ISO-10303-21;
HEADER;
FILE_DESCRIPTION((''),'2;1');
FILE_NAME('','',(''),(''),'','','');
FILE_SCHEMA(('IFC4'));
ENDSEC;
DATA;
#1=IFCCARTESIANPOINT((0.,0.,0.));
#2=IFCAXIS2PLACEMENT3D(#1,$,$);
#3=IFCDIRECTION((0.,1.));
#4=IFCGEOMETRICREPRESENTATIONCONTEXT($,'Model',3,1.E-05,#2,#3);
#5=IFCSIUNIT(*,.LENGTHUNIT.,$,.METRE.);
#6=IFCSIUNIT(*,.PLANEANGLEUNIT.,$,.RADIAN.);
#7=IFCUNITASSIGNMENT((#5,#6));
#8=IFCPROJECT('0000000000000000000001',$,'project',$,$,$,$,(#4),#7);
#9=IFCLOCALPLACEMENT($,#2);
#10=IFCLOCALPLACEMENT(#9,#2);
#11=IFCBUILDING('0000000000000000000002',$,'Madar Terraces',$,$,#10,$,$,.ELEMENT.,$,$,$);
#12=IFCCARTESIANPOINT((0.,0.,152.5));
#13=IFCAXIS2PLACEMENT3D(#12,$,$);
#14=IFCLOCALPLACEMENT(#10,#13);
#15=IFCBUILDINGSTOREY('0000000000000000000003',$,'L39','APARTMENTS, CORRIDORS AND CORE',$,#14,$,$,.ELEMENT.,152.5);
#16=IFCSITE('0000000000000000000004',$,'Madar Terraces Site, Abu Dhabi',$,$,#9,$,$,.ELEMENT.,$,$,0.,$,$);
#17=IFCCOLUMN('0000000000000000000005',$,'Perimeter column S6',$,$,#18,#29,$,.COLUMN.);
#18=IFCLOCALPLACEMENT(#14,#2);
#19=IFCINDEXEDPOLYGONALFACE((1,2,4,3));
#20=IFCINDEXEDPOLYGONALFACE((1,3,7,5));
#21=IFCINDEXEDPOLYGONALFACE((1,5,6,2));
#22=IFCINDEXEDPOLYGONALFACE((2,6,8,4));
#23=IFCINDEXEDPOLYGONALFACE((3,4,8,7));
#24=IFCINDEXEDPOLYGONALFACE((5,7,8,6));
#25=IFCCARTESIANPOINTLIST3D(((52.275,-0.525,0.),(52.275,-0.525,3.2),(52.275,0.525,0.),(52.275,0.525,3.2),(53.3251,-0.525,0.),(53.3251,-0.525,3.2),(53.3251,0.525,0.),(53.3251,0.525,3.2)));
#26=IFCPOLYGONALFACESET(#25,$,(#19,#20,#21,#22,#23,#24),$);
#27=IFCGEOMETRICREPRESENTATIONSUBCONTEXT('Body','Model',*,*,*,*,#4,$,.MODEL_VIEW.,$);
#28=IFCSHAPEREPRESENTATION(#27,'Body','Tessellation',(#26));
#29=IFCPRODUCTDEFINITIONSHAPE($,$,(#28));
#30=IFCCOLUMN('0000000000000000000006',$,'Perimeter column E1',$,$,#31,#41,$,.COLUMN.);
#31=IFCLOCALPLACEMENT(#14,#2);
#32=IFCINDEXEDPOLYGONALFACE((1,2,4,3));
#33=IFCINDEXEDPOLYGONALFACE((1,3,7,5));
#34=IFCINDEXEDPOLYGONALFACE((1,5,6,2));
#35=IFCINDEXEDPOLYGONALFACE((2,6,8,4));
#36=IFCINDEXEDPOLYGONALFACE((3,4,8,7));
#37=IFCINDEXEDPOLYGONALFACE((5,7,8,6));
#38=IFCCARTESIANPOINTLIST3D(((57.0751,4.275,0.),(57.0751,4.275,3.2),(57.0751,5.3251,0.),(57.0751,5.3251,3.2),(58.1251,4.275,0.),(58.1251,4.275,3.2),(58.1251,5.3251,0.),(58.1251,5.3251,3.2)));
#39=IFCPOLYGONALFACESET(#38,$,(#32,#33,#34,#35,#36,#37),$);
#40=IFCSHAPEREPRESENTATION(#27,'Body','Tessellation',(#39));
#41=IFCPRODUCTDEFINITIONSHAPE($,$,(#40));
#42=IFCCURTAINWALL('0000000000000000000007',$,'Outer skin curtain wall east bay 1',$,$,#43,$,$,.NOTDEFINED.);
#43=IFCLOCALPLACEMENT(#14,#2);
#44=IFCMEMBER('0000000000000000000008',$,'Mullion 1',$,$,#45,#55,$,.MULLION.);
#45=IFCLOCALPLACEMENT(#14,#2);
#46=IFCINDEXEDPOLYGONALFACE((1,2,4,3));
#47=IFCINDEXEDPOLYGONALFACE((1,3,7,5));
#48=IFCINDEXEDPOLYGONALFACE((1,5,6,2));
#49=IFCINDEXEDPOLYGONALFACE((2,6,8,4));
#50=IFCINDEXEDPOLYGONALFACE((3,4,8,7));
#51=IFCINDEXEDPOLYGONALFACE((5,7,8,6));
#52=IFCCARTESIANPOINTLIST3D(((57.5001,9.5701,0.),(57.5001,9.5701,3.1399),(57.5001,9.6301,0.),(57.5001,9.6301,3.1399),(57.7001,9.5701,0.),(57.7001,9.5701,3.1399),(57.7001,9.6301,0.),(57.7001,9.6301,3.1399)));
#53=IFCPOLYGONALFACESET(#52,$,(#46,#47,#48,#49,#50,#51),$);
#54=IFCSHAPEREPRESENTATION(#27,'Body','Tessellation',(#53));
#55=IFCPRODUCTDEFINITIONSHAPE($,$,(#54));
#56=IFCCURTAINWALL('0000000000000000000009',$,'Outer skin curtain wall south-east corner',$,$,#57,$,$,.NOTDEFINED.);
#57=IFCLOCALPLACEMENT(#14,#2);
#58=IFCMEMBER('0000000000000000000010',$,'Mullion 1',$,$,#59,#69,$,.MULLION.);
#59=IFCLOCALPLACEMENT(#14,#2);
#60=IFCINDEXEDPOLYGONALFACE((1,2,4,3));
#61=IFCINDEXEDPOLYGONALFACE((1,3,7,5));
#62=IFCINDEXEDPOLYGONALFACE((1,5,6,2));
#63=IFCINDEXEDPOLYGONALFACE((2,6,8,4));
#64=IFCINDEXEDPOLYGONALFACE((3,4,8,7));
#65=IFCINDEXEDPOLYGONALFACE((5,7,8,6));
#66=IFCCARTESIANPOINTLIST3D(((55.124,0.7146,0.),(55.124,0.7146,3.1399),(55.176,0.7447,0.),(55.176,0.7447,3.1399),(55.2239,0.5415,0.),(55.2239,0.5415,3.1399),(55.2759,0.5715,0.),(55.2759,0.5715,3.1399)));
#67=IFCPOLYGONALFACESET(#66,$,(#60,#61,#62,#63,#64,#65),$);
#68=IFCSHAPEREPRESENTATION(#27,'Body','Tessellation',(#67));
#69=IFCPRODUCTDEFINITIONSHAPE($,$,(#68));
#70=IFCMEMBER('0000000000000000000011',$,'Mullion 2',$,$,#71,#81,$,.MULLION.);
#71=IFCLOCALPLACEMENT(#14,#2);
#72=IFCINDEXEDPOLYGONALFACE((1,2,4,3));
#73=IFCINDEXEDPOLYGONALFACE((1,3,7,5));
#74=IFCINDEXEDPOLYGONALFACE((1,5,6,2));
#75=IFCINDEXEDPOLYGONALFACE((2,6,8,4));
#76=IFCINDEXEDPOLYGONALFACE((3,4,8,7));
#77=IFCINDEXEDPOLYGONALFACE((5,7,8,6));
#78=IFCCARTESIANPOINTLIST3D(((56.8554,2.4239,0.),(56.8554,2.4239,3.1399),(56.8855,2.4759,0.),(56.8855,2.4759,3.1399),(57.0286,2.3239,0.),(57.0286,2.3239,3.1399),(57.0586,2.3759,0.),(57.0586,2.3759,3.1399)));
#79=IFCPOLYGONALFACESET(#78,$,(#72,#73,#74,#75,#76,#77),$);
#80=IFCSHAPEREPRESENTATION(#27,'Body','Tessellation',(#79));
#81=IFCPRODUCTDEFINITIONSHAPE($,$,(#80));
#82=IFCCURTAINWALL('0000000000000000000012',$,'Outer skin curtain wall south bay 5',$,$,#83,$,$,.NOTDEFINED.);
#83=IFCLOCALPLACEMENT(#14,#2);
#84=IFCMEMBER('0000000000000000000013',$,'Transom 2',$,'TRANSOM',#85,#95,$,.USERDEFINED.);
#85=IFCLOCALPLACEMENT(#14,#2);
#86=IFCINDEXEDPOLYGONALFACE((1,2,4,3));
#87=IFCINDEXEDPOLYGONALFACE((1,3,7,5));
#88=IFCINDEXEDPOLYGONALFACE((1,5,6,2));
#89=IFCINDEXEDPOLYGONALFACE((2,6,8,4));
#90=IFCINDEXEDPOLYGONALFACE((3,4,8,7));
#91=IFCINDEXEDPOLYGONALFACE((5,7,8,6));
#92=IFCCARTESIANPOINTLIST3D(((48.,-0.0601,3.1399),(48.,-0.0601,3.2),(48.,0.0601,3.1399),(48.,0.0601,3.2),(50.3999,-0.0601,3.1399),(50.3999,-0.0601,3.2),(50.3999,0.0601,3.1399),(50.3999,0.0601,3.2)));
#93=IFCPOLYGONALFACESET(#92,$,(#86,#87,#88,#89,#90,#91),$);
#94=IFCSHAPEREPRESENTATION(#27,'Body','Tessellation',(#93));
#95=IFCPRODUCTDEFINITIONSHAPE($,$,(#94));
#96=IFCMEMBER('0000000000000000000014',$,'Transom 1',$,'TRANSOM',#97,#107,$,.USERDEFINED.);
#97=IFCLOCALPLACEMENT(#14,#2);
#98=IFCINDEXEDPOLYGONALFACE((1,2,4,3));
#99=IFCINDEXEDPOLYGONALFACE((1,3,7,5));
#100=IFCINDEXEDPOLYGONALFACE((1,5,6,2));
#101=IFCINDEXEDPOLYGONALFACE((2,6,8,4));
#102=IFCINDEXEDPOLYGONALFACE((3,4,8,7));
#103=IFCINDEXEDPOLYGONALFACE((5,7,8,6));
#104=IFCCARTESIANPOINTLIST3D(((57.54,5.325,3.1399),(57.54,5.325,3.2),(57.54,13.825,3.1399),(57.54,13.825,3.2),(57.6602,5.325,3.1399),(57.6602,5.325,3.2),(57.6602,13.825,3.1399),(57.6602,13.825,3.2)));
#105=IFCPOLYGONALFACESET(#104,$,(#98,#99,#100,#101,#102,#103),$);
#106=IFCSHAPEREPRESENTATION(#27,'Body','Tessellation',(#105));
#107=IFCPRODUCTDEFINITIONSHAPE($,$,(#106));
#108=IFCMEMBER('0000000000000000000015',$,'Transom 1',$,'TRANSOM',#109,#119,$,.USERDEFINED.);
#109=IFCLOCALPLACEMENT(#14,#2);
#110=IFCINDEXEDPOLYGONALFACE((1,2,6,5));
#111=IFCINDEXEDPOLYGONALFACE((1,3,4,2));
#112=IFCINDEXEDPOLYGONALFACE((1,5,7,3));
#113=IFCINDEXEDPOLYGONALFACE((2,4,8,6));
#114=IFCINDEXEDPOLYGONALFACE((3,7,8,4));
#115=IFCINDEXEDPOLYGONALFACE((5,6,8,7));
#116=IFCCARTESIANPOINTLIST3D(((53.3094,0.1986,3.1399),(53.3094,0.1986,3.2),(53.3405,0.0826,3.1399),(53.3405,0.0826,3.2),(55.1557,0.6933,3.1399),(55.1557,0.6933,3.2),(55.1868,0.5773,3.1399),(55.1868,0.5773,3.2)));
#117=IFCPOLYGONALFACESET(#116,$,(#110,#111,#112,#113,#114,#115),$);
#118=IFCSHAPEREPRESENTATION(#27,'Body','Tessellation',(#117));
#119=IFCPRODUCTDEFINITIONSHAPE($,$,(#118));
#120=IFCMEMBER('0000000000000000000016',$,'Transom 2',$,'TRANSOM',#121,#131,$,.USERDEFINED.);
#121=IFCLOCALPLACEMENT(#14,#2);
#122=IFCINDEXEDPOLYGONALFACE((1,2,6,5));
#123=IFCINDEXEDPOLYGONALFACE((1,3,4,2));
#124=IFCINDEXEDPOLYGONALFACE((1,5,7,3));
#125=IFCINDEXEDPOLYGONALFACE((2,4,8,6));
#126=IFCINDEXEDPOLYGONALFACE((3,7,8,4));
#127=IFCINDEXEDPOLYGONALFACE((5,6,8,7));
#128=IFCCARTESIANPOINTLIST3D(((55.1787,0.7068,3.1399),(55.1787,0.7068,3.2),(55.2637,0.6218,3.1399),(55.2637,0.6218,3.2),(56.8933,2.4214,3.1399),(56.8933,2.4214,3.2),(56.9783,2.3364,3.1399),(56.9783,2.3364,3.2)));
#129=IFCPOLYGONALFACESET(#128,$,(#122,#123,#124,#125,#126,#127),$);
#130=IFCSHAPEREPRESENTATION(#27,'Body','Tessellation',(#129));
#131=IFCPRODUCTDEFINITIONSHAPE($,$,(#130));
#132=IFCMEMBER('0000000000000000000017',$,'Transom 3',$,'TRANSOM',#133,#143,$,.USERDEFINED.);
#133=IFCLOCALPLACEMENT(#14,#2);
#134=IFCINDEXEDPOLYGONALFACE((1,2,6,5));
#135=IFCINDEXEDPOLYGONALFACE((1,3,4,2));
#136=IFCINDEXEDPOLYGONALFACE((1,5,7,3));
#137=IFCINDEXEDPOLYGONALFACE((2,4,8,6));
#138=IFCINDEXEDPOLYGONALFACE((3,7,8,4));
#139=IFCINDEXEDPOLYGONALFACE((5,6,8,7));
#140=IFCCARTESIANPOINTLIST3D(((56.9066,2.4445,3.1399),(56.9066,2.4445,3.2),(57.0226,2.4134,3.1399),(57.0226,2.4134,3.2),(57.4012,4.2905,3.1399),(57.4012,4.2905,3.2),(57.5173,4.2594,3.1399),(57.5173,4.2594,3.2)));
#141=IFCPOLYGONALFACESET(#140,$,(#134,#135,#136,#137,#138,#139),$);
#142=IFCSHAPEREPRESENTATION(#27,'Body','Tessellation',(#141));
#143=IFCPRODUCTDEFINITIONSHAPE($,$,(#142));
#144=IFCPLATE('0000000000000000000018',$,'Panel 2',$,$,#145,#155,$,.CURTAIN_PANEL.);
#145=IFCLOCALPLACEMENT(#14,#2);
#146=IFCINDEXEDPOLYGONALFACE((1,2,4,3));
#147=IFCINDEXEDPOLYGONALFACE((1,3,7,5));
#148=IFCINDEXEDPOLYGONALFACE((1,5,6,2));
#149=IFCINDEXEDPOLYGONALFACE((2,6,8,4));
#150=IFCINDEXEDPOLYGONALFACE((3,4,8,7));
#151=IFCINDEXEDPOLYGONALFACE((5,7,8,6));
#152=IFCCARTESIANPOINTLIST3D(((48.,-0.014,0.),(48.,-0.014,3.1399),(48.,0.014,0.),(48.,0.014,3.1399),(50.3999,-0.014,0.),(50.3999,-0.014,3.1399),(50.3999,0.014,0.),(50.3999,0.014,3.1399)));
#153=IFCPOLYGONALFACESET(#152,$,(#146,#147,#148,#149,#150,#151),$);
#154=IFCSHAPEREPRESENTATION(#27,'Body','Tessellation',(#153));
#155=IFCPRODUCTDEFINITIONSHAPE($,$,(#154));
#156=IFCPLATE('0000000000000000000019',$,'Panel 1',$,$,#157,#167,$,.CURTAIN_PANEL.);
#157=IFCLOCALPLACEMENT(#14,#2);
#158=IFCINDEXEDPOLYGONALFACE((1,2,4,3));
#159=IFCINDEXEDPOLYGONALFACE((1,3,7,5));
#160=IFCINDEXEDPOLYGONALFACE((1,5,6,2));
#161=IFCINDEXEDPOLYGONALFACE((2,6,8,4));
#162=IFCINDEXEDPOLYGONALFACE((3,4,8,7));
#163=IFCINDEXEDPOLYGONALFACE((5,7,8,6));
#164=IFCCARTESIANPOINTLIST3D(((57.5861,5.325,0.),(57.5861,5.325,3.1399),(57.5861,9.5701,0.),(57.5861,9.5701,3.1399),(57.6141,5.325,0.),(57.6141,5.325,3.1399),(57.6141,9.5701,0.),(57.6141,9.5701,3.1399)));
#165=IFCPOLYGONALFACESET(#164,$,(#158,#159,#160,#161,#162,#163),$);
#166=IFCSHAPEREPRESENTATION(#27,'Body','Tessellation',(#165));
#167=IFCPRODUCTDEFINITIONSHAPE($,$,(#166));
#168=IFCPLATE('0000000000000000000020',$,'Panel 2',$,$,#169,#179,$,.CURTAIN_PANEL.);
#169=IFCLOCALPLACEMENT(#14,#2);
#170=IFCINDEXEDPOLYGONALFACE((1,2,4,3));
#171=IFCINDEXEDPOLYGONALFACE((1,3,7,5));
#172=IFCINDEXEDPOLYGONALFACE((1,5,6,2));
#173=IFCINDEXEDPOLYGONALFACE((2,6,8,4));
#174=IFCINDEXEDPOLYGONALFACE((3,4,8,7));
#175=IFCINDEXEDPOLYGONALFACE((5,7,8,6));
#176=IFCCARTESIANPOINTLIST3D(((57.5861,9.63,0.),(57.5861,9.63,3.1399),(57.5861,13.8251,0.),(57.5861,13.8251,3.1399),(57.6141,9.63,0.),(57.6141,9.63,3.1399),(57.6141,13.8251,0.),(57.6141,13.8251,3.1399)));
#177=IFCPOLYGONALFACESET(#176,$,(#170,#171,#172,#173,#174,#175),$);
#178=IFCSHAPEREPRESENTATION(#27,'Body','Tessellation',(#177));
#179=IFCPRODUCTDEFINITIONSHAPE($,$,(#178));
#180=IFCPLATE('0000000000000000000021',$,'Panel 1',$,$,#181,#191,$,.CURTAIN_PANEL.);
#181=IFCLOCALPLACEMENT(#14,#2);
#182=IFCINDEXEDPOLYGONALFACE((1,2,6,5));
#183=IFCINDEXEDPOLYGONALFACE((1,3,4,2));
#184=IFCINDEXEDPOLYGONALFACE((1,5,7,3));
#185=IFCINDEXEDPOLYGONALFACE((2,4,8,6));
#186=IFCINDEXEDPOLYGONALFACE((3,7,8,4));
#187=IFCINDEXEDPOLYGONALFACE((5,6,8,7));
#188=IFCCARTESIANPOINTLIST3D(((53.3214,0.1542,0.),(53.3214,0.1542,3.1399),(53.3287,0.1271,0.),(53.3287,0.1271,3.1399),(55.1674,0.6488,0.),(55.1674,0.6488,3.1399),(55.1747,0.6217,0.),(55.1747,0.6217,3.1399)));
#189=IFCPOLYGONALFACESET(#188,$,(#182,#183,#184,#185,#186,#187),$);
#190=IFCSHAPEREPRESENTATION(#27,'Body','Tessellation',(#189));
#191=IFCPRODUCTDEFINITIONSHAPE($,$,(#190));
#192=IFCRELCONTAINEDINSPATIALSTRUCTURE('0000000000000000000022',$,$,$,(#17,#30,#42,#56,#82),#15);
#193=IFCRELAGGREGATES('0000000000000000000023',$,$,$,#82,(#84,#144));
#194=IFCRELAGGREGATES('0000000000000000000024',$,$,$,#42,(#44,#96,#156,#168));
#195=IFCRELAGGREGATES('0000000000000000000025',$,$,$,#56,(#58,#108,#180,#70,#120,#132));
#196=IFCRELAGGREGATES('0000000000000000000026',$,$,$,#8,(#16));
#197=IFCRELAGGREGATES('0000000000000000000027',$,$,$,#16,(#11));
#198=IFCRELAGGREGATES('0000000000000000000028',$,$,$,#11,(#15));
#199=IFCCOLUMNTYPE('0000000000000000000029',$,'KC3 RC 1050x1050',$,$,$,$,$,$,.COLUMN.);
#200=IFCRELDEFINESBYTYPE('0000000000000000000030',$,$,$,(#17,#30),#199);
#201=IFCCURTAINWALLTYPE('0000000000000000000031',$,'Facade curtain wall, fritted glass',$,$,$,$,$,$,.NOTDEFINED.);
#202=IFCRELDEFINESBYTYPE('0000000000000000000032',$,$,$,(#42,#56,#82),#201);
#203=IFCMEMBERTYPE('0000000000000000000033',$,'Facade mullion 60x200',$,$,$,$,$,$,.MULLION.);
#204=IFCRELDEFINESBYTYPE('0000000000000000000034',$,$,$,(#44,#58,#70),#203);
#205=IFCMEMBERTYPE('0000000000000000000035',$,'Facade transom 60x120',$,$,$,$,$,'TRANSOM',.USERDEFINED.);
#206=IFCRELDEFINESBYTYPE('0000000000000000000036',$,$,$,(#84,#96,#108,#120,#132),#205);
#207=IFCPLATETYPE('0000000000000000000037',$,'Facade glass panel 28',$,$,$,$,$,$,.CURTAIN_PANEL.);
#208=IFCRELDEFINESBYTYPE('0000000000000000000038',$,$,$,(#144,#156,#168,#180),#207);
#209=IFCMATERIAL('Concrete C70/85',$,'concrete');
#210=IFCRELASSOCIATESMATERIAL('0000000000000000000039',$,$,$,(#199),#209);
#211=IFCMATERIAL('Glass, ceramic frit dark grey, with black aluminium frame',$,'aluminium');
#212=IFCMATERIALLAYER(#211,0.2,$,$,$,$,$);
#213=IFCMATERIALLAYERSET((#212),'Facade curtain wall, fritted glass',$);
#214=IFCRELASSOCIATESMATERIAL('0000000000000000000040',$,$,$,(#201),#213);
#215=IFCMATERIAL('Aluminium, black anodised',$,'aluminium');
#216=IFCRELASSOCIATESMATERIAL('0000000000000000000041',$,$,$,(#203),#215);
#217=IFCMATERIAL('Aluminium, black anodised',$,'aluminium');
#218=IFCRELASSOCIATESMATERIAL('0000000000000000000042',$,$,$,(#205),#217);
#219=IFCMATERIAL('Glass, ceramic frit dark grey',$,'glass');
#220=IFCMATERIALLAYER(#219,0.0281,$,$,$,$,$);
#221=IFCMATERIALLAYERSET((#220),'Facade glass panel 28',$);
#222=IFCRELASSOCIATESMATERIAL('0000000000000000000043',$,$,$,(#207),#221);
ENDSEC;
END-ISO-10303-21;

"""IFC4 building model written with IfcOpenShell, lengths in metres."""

from ifc_helpers import new_model, si_unit, direction, frame, origin, origin_2d, place, context, subcontext, project, spatial, rectangle, extrude, material, layer, layer_set, material_profile, profile_set, type_object, element, aggregate, save


model = new_model("IFC4")

# Units and contexts
model_context = context("Model", 3, precision=1e-05, world=origin(), true_north=direction((0.0, 1.0)))
body_context = subcontext(model_context, "Body", "Model", "MODEL_VIEW")
ifc_project = project(units=[si_unit("LENGTHUNIT", "METRE"), si_unit("PLANEANGLEUNIT", "RADIAN")], contexts=[model_context])

# Site, building, storey
site_placement = place(None, origin())
site = spatial("IfcSite", under=ifc_project, at=site_placement, Name="Madar Terraces Site, Abu Dhabi", CompositionType="ELEMENT", RefElevation=0.0)
building_placement = place(site_placement, origin())
building = spatial("IfcBuilding", under=site, at=building_placement, Name="Madar Terraces", CompositionType="ELEMENT")
storey_placement = place(building_placement, frame((0.0, 0.0, 152.5)))
storey = spatial("IfcBuildingStorey", under=building, at=storey_placement, Name="L39", Description="APARTMENTS, CORRIDORS AND CORE", CompositionType="ELEMENT", Elevation=152.5)

# Columns
ifc_material_1 = material(Name="Concrete C70/85", Category="concrete")
ifc_material_profile_1 = material_profile(ifc_material_1, rectangle(XDim=1.05, YDim=1.05, at=origin_2d()), Name="KC3 RC 1050x1050")
ifc_profile_set_1 = profile_set([ifc_material_profile_1], Name="Concrete C70/85")
column_type = type_object("IfcColumnType", Name="KC3 RC 1050x1050", PredefinedType="COLUMN", material=ifc_profile_set_1)
for number, where, z_axis, x_axis, name in (
    (1, (52.8, 0.0, 0.0), (0.0, 0.0, 1.0), (1.0, 0.0, 0.0), "Perimeter column S6"),
    (2, (57.6001, 4.8, 0.0), (0.0, 0.0, 1.0), (1.0, 0.0, 0.0), "Perimeter column E1"),
):
    element("IfcColumn", number, at=place(storey_placement, frame(where, z_axis=z_axis, x_axis=x_axis)), inside=storey, type_object=column_type, Name=name, PredefinedType="COLUMN", context=body_context, shape_type="SweptSolid", body=[
        extrude(rectangle(XDim=1.05, YDim=1.05, at=origin_2d()), origin(), (0.0, 0.0, 1.0), 3.2),
    ])

# Curtain wall, member
ifc_material_2 = material(Name="Glass, ceramic frit dark grey, with black aluminium frame", Category="aluminium")
ifc_layer_1 = layer(ifc_material_2, 0.2)
ifc_layer_set_1 = layer_set([ifc_layer_1], Name="Facade curtain wall, fritted glass")
curtain_wall_type = type_object("IfcCurtainWallType", Name="Facade curtain wall, fritted glass", PredefinedType="NOTDEFINED", material=ifc_layer_set_1)
curtain_wall_1_placement = place(storey_placement, origin())
curtain_wall_1 = element("IfcCurtainWall", 3, at=curtain_wall_1_placement, inside=storey, type_object=curtain_wall_type, Name="Outer skin curtain wall east bay 1", PredefinedType="NOTDEFINED")
ifc_material_3 = material(Name="Aluminium, black anodised", Category="aluminium")
ifc_material_profile_2 = material_profile(ifc_material_3, rectangle(XDim=0.2, YDim=0.0601, at=origin_2d()), Name="Facade mullion 60x200")
ifc_profile_set_2 = profile_set([ifc_material_profile_2], Name="Aluminium, black anodised")
member_type_1 = type_object("IfcMemberType", Name="Facade mullion 60x200", PredefinedType="MULLION", material=ifc_profile_set_2)
member_1_placement = place(storey_placement, frame((57.6001, 9.6001, 0.0), z_axis=(0.0, 0.0, 1.0), x_axis=(-1.0, 0.0, 0.0)))
member_1 = element("IfcMember", 4, at=member_1_placement, type_object=member_type_1, Name="Mullion 1", PredefinedType="MULLION", context=body_context, shape_type="SweptSolid", body=[
    extrude(rectangle(XDim=0.2, YDim=0.0601, at=origin_2d()), origin(), (0.0, 0.0, 1.0), 3.1399),
])

# Curtain wall, members
curtain_wall_2_placement = place(storey_placement, origin())
curtain_wall_2 = element("IfcCurtainWall", 5, at=curtain_wall_2_placement, inside=storey, type_object=curtain_wall_type, Name="Outer skin curtain wall south-east corner", PredefinedType="NOTDEFINED")
member_2_placement = place(storey_placement, frame((55.2, 0.6431, 0.0), z_axis=(0.0, 0.0, 1.0), x_axis=(-0.5, 0.866025, 0.0)))
member_2 = element("IfcMember", 6, at=member_2_placement, type_object=member_type_1, Name="Mullion 1", PredefinedType="MULLION", context=body_context, shape_type="SweptSolid", body=[
    extrude(rectangle(XDim=0.2, YDim=0.0601, at=origin_2d()), origin(), (0.0, 0.0, 1.0), 3.1399),
])
member_3_placement = place(storey_placement, frame((56.957, 2.3999, 0.0), z_axis=(0.0, 0.0, 1.0), x_axis=(-0.866025, 0.5, 0.0)))
member_3 = element("IfcMember", 7, at=member_3_placement, type_object=member_type_1, Name="Mullion 2", PredefinedType="MULLION", context=body_context, shape_type="SweptSolid", body=[
    extrude(rectangle(XDim=0.2, YDim=0.0601, at=origin_2d()), origin(), (0.0, 0.0, 1.0), 3.1399),
])

# Curtain wall, member
curtain_wall_3_placement = place(storey_placement, origin())
curtain_wall_3 = element("IfcCurtainWall", 8, at=curtain_wall_3_placement, inside=storey, type_object=curtain_wall_type, Name="Outer skin curtain wall south bay 5", PredefinedType="NOTDEFINED")
ifc_material_4 = material(Name="Aluminium, black anodised", Category="aluminium")
ifc_material_profile_3 = material_profile(ifc_material_4, rectangle(XDim=0.1201, YDim=0.0601, at=origin_2d()), Name="Facade transom 60x120")
ifc_profile_set_3 = profile_set([ifc_material_profile_3], Name="Aluminium, black anodised")
member_type_2 = type_object("IfcMemberType", Name="Facade transom 60x120", ElementType="TRANSOM", PredefinedType="USERDEFINED", material=ifc_profile_set_3)
member_4_placement = place(storey_placement, frame((48.0, 0.0, 3.1699), z_axis=(1.0, 0.0, 0.0), x_axis=(0.0, 1.0, 0.0)))
member_4 = element("IfcMember", 9, at=member_4_placement, type_object=member_type_2, Name="Transom 2", ObjectType="TRANSOM", PredefinedType="USERDEFINED", context=body_context, shape_type="SweptSolid", body=[
    extrude(rectangle(XDim=0.1201, YDim=0.0601, at=origin_2d()), origin(), (0.0, 0.0, 1.0), 2.3999),
])

# Members
member_5_placement = place(storey_placement, frame((57.6001, 5.325, 3.1699), z_axis=(0.0, 1.0, 0.0), x_axis=(-1.0, 0.0, 0.0)))
member_5 = element("IfcMember", 10, at=member_5_placement, type_object=member_type_2, Name="Transom 1", ObjectType="TRANSOM", PredefinedType="USERDEFINED", context=body_context, shape_type="SweptSolid", body=[
    extrude(rectangle(XDim=0.1201, YDim=0.0601, at=origin_2d()), origin(), (0.0, 0.0, 1.0), 8.5),
])
member_6_placement = place(storey_placement, frame((53.325, 0.1406, 3.1699), z_axis=(0.965933, 0.258791, 0.0), x_axis=(-0.258791, 0.965933, 0.0)))
member_6 = element("IfcMember", 11, at=member_6_placement, type_object=member_type_2, Name="Transom 1", ObjectType="TRANSOM", PredefinedType="USERDEFINED", context=body_context, shape_type="SweptSolid", body=[
    extrude(rectangle(XDim=0.1201, YDim=0.0601, at=origin_2d()), origin(), (0.0, 0.0, 1.0), 1.9114),
])
member_7_placement = place(storey_placement, frame((55.2212, 0.6643, 3.1699), z_axis=(0.707107, 0.707107, 0.0), x_axis=(-0.707107, 0.707107, 0.0)))
member_7 = element("IfcMember", 12, at=member_7_placement, type_object=member_type_2, Name="Transom 2", ObjectType="TRANSOM", PredefinedType="USERDEFINED", context=body_context, shape_type="SweptSolid", body=[
    extrude(rectangle(XDim=0.1201, YDim=0.0601, at=origin_2d()), origin(), (0.0, 0.0, 1.0), 2.4248),
])
member_8_placement = place(storey_placement, frame((56.9646, 2.429, 3.1699), z_axis=(0.258823, 0.965925, 0.0), x_axis=(-0.965925, 0.258823, 0.0)))
member_8 = element("IfcMember", 13, at=member_8_placement, type_object=member_type_2, Name="Transom 3", ObjectType="TRANSOM", PredefinedType="USERDEFINED", context=body_context, shape_type="SweptSolid", body=[
    extrude(rectangle(XDim=0.1201, YDim=0.0601, at=origin_2d()), origin(), (0.0, 0.0, 1.0), 1.9111),
])

# Plates
ifc_material_5 = material(Name="Glass, ceramic frit dark grey", Category="glass")
ifc_layer_2 = layer(ifc_material_5, 0.0281)
ifc_layer_set_2 = layer_set([ifc_layer_2], Name="Facade glass panel 28")
plate_type = type_object("IfcPlateType", Name="Facade glass panel 28", PredefinedType="CURTAIN_PANEL", material=ifc_layer_set_2)
plate_1_placement = place(storey_placement, frame((49.2, 0.0, 0.0), z_axis=(0.0, 0.0, 1.0), x_axis=(1.0, 0.0, 0.0)))
plate_1 = element("IfcPlate", 14, at=plate_1_placement, type_object=plate_type, Name="Panel 2", PredefinedType="CURTAIN_PANEL", context=body_context, shape_type="SweptSolid", body=[
    extrude(rectangle(XDim=2.3999, YDim=0.0281, at=origin_2d()), origin(), (0.0, 0.0, 1.0), 3.1399),
])
aggregate(curtain_wall_3, [member_4, plate_1])
plate_2_placement = place(storey_placement, frame((57.6001, 7.4475, 0.0), z_axis=(0.0, 0.0, 1.0), x_axis=(0.0, 1.0, 0.0)))
plate_2 = element("IfcPlate", 15, at=plate_2_placement, type_object=plate_type, Name="Panel 1", PredefinedType="CURTAIN_PANEL", context=body_context, shape_type="SweptSolid", body=[
    extrude(rectangle(XDim=4.2451, YDim=0.0281, at=origin_2d()), origin(), (0.0, 0.0, 1.0), 3.1399),
])
plate_3_placement = place(storey_placement, frame((57.6001, 11.7275, 0.0), z_axis=(0.0, 0.0, 1.0), x_axis=(0.0, 1.0, 0.0)))
plate_3 = element("IfcPlate", 16, at=plate_3_placement, type_object=plate_type, Name="Panel 2", PredefinedType="CURTAIN_PANEL", context=body_context, shape_type="SweptSolid", body=[
    extrude(rectangle(XDim=4.1951, YDim=0.0281, at=origin_2d()), origin(), (0.0, 0.0, 1.0), 3.1399),
])
aggregate(curtain_wall_1, [member_1, member_5, plate_2, plate_3])
plate_4_placement = place(storey_placement, frame((54.248, 0.3879, 0.0), z_axis=(0.0, 0.0, 1.0), x_axis=(0.965926, 0.258819, 0.0)))
plate_4 = element("IfcPlate", 17, at=plate_4_placement, type_object=plate_type, Name="Panel 1", PredefinedType="CURTAIN_PANEL", context=body_context, shape_type="SweptSolid", body=[
    extrude(rectangle(XDim=1.9111, YDim=0.0281, at=origin_2d()), origin(), (0.0, 0.0, 1.0), 3.1399),
])
aggregate(curtain_wall_2, [member_2, member_6, plate_4, member_3, member_7, member_8])

save(model, "model.ifc")
